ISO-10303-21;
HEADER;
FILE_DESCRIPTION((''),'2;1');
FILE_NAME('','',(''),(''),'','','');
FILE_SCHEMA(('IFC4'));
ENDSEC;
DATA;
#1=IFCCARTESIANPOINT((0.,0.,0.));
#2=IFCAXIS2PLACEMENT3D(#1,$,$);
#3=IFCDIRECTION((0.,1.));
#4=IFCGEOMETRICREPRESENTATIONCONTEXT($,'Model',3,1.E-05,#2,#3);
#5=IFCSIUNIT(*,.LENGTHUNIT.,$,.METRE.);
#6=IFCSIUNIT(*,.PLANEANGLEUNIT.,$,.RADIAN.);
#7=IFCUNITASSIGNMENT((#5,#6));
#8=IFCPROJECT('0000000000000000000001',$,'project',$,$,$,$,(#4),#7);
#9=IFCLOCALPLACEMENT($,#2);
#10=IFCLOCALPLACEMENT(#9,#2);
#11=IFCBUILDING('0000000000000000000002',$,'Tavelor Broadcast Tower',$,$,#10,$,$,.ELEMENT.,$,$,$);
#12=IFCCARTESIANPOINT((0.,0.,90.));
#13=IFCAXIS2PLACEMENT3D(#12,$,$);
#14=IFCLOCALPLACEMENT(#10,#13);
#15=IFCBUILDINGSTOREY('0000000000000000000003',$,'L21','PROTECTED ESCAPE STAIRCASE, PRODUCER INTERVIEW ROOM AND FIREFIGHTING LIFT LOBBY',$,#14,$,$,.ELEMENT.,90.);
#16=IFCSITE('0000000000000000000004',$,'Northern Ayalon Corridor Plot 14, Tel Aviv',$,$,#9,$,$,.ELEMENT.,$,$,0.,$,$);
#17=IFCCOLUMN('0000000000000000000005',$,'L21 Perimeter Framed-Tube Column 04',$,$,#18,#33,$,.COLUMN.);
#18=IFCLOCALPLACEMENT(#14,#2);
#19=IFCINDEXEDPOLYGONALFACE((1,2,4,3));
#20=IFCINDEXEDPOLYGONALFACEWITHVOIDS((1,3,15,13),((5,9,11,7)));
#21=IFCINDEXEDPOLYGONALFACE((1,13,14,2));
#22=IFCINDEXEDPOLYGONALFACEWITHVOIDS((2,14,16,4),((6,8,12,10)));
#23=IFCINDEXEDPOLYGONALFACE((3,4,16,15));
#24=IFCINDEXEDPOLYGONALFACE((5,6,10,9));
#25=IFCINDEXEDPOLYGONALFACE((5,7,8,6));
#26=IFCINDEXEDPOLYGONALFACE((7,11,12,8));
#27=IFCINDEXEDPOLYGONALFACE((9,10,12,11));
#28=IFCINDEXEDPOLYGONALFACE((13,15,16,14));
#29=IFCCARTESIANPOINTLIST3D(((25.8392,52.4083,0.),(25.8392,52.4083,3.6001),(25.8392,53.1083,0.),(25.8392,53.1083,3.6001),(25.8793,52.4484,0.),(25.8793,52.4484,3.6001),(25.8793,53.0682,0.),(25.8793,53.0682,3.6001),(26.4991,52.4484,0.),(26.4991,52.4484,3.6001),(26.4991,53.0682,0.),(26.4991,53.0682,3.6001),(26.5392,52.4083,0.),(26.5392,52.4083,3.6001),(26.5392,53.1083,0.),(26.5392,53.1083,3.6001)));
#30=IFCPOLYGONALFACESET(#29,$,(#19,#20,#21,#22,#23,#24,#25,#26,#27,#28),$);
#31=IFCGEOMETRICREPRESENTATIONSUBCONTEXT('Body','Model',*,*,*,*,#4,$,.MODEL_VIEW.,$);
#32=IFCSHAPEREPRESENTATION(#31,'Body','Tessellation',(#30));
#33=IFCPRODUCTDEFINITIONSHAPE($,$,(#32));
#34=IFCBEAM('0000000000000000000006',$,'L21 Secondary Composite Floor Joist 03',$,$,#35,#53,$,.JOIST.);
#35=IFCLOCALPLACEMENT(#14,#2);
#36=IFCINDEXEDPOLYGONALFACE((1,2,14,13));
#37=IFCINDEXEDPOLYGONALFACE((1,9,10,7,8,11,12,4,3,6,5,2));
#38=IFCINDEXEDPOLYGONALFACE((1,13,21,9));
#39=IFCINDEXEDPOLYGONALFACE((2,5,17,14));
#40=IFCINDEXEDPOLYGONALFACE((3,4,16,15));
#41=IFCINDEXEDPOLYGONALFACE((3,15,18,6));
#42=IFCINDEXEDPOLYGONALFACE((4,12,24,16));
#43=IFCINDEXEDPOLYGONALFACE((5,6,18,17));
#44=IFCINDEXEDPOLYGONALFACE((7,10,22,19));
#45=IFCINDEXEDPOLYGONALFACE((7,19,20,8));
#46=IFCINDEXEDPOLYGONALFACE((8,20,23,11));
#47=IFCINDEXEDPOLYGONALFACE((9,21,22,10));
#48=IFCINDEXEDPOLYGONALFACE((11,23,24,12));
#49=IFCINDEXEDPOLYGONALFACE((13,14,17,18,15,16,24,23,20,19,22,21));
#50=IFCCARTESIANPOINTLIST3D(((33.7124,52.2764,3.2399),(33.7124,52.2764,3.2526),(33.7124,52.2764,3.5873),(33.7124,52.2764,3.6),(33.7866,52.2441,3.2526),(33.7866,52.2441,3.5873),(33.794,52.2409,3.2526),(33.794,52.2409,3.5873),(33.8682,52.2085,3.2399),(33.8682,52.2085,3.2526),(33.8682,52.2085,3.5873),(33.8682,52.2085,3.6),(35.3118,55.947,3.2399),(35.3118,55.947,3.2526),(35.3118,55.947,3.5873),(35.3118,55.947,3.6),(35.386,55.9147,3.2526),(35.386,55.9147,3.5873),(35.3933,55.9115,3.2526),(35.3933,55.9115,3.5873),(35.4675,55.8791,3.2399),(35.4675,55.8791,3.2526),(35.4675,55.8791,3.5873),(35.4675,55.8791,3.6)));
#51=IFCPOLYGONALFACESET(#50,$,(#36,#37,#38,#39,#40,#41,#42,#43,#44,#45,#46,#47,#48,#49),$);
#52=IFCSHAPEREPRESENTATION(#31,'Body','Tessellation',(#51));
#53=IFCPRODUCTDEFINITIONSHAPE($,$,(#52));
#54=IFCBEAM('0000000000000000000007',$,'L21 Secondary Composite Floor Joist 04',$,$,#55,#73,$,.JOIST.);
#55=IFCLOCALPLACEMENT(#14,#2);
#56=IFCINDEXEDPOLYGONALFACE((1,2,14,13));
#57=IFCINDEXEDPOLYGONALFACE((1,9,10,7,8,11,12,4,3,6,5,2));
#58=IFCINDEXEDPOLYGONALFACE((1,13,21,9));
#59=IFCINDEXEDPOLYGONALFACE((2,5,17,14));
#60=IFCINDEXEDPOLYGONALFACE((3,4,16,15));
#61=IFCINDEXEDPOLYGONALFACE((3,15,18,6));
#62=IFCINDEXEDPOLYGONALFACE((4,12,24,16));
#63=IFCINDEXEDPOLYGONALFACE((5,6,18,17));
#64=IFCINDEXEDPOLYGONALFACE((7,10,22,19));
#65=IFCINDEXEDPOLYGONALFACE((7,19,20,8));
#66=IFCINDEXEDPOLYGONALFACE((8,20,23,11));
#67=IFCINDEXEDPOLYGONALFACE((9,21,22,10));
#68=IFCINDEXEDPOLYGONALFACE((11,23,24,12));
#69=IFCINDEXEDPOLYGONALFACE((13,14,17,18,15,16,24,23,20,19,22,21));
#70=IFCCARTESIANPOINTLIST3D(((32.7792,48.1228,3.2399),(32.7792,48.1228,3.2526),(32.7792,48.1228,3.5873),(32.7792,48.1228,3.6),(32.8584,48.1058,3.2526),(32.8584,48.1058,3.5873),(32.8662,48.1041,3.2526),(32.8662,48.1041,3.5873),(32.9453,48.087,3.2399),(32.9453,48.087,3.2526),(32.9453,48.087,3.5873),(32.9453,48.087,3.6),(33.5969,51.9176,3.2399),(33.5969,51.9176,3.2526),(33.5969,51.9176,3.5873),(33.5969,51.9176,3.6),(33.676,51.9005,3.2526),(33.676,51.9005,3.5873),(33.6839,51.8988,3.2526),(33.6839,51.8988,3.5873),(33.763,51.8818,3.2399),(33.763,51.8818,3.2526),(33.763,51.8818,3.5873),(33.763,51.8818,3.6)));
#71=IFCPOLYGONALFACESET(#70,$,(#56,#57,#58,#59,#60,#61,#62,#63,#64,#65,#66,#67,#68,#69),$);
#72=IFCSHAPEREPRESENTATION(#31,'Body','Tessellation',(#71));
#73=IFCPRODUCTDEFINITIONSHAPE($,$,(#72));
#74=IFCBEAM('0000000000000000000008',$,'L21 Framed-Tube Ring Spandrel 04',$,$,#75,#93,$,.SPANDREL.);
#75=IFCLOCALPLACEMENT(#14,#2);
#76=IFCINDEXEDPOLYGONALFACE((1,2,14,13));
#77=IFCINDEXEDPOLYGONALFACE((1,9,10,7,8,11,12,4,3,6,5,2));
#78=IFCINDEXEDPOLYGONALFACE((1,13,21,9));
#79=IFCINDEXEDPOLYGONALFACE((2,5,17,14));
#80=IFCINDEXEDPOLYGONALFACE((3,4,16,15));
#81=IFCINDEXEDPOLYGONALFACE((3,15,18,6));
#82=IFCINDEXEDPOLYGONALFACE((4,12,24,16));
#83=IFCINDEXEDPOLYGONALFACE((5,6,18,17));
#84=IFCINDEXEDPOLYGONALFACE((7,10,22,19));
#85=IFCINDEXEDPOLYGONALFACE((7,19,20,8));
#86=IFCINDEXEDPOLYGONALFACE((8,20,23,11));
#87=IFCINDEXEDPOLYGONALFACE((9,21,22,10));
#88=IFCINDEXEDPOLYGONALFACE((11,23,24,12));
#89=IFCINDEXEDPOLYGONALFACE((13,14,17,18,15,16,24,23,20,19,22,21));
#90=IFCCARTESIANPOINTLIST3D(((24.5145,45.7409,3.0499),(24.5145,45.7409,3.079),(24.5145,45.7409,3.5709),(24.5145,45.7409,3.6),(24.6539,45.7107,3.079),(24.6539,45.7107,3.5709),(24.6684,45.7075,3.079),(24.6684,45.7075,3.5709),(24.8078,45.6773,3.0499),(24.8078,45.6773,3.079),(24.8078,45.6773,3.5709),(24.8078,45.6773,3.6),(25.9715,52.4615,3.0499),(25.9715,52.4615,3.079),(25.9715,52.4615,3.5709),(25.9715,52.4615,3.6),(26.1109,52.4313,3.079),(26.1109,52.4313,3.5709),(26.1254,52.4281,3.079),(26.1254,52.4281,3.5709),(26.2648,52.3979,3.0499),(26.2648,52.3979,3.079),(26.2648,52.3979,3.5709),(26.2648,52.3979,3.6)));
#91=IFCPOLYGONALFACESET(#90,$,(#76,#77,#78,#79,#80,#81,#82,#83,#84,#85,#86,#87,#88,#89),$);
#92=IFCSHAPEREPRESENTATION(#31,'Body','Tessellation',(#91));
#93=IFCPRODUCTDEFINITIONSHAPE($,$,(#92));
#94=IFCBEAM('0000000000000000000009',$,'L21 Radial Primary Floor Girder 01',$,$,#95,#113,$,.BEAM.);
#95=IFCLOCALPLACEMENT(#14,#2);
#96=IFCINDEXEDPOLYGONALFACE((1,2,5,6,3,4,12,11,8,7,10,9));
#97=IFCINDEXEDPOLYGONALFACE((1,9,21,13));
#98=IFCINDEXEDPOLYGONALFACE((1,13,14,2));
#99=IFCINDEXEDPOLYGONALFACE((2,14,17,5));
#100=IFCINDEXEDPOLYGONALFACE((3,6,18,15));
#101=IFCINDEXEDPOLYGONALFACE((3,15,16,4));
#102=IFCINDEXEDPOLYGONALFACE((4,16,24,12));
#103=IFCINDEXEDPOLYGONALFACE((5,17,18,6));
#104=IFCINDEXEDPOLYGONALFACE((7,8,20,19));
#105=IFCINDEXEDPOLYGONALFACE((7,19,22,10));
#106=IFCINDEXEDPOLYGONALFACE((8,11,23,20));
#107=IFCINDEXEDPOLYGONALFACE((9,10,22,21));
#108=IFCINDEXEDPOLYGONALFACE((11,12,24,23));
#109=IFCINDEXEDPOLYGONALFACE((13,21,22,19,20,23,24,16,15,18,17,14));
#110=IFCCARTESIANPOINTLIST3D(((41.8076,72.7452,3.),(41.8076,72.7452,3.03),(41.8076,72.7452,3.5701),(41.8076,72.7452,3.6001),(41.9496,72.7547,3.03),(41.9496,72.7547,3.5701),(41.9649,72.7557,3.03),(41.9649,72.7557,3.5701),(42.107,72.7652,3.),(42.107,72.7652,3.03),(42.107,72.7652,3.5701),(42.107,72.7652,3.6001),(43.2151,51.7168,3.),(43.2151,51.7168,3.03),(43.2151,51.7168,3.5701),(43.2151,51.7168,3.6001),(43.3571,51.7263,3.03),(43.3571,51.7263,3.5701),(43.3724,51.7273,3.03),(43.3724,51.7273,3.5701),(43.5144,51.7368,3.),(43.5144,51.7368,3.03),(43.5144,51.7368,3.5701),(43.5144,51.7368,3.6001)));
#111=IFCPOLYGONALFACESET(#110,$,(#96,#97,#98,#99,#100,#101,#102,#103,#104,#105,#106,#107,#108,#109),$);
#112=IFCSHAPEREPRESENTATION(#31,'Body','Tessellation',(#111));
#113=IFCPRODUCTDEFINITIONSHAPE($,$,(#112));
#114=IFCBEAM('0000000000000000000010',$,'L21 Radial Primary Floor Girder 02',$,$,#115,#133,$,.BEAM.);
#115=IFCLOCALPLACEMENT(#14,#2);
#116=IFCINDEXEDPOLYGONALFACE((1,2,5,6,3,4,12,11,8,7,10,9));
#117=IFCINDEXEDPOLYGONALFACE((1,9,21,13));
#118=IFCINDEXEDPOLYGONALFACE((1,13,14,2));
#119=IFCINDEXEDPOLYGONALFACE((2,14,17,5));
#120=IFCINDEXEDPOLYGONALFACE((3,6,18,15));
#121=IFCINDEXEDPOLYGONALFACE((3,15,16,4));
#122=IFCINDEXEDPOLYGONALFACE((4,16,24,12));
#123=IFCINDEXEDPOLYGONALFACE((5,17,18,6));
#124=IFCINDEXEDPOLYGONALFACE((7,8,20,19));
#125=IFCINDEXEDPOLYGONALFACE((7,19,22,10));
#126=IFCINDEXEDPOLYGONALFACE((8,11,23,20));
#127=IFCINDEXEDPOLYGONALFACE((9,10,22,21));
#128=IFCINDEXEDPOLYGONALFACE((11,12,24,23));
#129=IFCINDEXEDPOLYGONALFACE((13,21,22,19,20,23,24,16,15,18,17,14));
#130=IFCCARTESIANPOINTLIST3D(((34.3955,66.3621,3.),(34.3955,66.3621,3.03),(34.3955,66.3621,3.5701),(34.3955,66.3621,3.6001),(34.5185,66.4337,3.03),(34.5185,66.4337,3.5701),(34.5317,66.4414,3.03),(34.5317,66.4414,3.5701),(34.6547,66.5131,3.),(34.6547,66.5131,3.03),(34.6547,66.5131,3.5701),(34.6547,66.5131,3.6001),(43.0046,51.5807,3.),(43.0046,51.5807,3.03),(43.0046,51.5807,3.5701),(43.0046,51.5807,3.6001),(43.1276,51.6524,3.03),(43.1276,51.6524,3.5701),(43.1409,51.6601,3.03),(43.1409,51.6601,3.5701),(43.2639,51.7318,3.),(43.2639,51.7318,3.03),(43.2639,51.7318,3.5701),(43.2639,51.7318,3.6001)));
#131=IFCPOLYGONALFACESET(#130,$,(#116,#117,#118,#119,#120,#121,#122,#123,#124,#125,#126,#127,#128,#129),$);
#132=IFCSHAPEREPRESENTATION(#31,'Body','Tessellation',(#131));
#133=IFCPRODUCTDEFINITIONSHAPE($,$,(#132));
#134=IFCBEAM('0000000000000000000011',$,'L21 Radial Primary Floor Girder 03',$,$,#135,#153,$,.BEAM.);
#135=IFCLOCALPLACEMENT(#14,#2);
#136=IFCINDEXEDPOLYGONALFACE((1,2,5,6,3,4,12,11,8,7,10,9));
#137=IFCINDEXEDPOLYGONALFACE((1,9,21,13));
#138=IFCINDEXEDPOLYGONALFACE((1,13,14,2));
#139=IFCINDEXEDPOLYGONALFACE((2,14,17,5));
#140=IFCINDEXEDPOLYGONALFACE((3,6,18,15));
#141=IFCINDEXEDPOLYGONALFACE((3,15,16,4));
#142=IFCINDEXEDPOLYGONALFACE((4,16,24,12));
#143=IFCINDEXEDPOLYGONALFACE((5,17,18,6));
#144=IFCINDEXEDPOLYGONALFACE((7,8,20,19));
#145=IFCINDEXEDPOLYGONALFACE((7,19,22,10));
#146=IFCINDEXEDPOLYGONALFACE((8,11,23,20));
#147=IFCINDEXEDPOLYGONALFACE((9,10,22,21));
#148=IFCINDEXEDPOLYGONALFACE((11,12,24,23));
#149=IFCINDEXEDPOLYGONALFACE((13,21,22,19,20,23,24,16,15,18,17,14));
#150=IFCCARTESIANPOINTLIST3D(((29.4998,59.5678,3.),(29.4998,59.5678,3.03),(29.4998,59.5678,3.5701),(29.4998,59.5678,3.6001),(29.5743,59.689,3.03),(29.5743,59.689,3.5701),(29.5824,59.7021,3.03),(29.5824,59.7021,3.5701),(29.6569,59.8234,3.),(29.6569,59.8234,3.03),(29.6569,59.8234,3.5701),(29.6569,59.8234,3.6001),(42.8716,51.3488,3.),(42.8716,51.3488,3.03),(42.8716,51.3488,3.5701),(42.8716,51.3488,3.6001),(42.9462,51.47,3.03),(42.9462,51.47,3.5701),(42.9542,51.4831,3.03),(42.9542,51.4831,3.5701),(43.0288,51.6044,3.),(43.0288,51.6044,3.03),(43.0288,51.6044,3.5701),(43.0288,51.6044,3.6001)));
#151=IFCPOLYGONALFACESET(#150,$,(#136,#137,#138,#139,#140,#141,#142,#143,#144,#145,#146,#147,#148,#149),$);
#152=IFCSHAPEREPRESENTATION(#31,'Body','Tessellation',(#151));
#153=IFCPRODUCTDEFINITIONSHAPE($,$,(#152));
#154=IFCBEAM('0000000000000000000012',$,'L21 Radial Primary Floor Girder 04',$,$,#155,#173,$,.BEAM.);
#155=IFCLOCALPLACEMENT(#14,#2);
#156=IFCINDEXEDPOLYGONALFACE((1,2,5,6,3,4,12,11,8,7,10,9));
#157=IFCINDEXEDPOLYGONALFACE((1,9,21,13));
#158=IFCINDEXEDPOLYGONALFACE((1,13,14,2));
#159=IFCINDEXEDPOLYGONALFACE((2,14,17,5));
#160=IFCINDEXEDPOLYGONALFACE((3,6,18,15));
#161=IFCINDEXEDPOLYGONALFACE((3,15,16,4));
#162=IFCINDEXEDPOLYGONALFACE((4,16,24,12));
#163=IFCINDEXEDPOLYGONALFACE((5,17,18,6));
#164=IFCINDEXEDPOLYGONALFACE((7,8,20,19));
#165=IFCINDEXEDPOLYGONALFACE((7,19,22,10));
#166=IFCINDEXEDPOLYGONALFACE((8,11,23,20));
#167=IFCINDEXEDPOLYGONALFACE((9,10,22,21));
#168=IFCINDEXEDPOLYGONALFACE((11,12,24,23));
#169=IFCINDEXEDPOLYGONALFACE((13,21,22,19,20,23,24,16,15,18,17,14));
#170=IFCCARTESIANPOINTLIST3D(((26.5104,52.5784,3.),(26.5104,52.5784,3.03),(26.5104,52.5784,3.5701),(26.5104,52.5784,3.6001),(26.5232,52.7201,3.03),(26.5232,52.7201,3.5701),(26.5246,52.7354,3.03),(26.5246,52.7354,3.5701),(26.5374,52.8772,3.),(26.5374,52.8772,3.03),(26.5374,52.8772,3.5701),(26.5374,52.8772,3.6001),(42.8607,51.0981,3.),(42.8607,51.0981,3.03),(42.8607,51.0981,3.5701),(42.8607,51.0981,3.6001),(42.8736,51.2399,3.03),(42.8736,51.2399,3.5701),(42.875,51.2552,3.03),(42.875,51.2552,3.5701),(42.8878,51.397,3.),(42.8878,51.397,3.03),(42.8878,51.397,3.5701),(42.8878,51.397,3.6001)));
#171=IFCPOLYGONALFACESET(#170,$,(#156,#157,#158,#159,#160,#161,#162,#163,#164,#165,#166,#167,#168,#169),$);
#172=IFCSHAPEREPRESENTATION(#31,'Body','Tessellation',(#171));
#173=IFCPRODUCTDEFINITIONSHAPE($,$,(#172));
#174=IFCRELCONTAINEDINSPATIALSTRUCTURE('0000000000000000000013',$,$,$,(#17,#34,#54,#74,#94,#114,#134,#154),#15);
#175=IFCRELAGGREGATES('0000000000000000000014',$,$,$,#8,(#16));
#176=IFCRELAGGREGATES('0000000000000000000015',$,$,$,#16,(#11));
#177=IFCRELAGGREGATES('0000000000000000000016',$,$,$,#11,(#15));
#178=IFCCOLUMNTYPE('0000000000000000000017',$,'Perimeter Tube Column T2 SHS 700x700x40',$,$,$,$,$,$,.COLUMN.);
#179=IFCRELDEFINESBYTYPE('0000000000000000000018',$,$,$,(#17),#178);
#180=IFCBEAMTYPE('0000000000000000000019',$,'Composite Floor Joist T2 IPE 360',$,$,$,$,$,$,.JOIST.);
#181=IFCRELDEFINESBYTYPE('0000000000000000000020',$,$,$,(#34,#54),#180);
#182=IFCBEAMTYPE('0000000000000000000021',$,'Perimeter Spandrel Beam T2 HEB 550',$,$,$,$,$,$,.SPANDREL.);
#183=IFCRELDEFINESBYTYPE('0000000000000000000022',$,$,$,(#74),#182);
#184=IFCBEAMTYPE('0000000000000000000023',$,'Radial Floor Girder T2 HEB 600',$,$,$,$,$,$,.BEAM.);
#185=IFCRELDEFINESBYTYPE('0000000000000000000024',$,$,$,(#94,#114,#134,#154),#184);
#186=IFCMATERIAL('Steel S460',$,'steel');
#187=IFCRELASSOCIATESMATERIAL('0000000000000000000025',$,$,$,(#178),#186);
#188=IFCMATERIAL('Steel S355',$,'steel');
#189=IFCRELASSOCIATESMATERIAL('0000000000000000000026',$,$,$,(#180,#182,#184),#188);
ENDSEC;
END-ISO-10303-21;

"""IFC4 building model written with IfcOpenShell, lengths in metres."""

from ifc_helpers import new_model, si_unit, direction, frame, origin, origin_2d, place, context, subcontext, project, spatial, hollow_rectangle, i_section, extrude, material, material_profile, profile_set, type_object, element, save


model = new_model("IFC4")

# Units and contexts
model_context = context("Model", 3, precision=1e-05, world=origin(), true_north=direction((0.0, 1.0)))
body_context = subcontext(model_context, "Body", "Model", "MODEL_VIEW")
ifc_project = project(units=[si_unit("LENGTHUNIT", "METRE"), si_unit("PLANEANGLEUNIT", "RADIAN")], contexts=[model_context])

# Site, building, storey
site_placement = place(None, origin())
site = spatial("IfcSite", under=ifc_project, at=site_placement, Name="Northern Ayalon Corridor Plot 14, Tel Aviv", CompositionType="ELEMENT", RefElevation=0.0)
building_placement = place(site_placement, origin())
building = spatial("IfcBuilding", under=site, at=building_placement, Name="Tavelor Broadcast Tower", CompositionType="ELEMENT")
storey_placement = place(building_placement, frame((0.0, 0.0, 90.0)))
storey = spatial("IfcBuildingStorey", under=building, at=storey_placement, Name="L21", Description="PROTECTED ESCAPE STAIRCASE, PRODUCER INTERVIEW ROOM AND FIREFIGHTING LIFT LOBBY", CompositionType="ELEMENT", Elevation=90.0)

# Column
ifc_material_1 = material(Name="Steel S460", Category="steel")
ifc_material_profile_1 = material_profile(ifc_material_1, hollow_rectangle(XDim=0.7, YDim=0.7, WallThickness=0.04, at=origin_2d()), Name="SHS 700x700x40")
ifc_profile_set_1 = profile_set([ifc_material_profile_1], Name="Steel S460")
column_type = type_object("IfcColumnType", Name="Perimeter Tube Column T2 SHS 700x700x40", PredefinedType="COLUMN", material=ifc_profile_set_1)
column_placement = place(storey_placement, frame((26.1892, 52.7583, 0.0), z_axis=(0.0, 0.0, 1.0), x_axis=(1.0, 0.0, 0.0)))
element("IfcColumn", 1, at=column_placement, inside=storey, type_object=column_type, Name="L21 Perimeter Framed-Tube Column 04", PredefinedType="COLUMN", context=body_context, shape_type="SweptSolid", body=[
    extrude(hollow_rectangle(XDim=0.7, YDim=0.7, WallThickness=0.04, at=origin_2d()), origin(), (0.0, 0.0, 1.0), 3.6001),
])

# Beams
ifc_material_2 = material(Name="Steel S355", Category="steel")
ifc_material_profile_2 = material_profile(ifc_material_2, i_section(OverallWidth=0.1699, OverallDepth=0.3601, WebThickness=0.0081, FlangeThickness=0.0127, at=origin_2d()), Name="IPE 360")
ifc_profile_set_2 = profile_set([ifc_material_profile_2], Name="Steel S355")
beam_type_1 = type_object("IfcBeamType", Name="Composite Floor Joist T2 IPE 360", PredefinedType="JOIST", material=ifc_profile_set_2)
beam_1_placement = place(storey_placement, frame((35.3896, 55.9131, 3.4199), z_axis=(-0.399446, -0.916757, 0.0), x_axis=(0.916757, -0.399446, 0.0)))
element("IfcBeam", 2, at=beam_1_placement, inside=storey, type_object=beam_type_1, Name="L21 Secondary Composite Floor Joist 03", PredefinedType="JOIST", context=body_context, shape_type="SweptSolid", body=[
    extrude(i_section(OverallWidth=0.1699, OverallDepth=0.3601, WebThickness=0.0081, FlangeThickness=0.0127, at=origin_2d()), origin(), (0.0, 0.0, 1.0), 4.0039),
])
beam_2_placement = place(storey_placement, frame((33.6799, 51.8997, 3.4199), z_axis=(-0.210633, -0.977565, 0.0), x_axis=(0.977565, -0.210633, 0.0)))
element("IfcBeam", 3, at=beam_2_placement, inside=storey, type_object=beam_type_1, Name="L21 Secondary Composite Floor Joist 04", PredefinedType="JOIST", context=body_context, shape_type="SweptSolid", body=[
    extrude(i_section(OverallWidth=0.1699, OverallDepth=0.3601, WebThickness=0.0081, FlangeThickness=0.0127, at=origin_2d()), origin(), (0.0, 0.0, 1.0), 3.8818),
])
ifc_material_profile_3 = material_profile(ifc_material_2, i_section(OverallWidth=0.3, OverallDepth=0.55, WebThickness=0.0149, FlangeThickness=0.0291, at=origin_2d()), Name="HEB 550")
ifc_profile_set_3 = profile_set([ifc_material_profile_3], Name="Steel S355")
beam_type_2 = type_object("IfcBeamType", Name="Perimeter Spandrel Beam T2 HEB 550", PredefinedType="SPANDREL", material=ifc_profile_set_3)
beam_3_placement = place(storey_placement, frame((26.1182, 52.4297, 3.325), z_axis=(-0.211875, -0.977297, 0.0), x_axis=(0.977297, -0.211875, 0.0)))
element("IfcBeam", 4, at=beam_3_placement, inside=storey, type_object=beam_type_2, Name="L21 Framed-Tube Ring Spandrel 04", PredefinedType="SPANDREL", context=body_context, shape_type="SweptSolid", body=[
    extrude(i_section(OverallWidth=0.3, OverallDepth=0.55, WebThickness=0.0149, FlangeThickness=0.0291, at=origin_2d()), origin(), (0.0, 0.0, 1.0), 6.8767),
])
ifc_material_profile_4 = material_profile(ifc_material_2, i_section(OverallWidth=0.3, OverallDepth=0.6001, WebThickness=0.0154, FlangeThickness=0.03, at=origin_2d()), Name="HEB 600")
ifc_profile_set_4 = profile_set([ifc_material_profile_4], Name="Steel S355")
beam_type_3 = type_object("IfcBeamType", Name="Radial Floor Girder T2 HEB 600", PredefinedType="BEAM", material=ifc_profile_set_4)
beam_4_placement = place(storey_placement, frame((43.3647, 51.7268, 3.3), z_axis=(-0.066783, 0.997768, 0.0), x_axis=(-0.997768, -0.066783, 0.0)))
element("IfcBeam", 5, at=beam_4_placement, inside=storey, type_object=beam_type_3, Name="L21 Radial Primary Floor Girder 01", PredefinedType="BEAM", context=body_context, shape_type="SweptSolid", body=[
    extrude(i_section(OverallWidth=0.3, OverallDepth=0.6001, WebThickness=0.0154, FlangeThickness=0.03, at=origin_2d()), origin(), (0.0, 0.0, 1.0), 21.0754),
])
beam_5_placement = place(storey_placement, frame((43.1343, 51.6562, 3.3), z_axis=(-0.503292, 0.864116, 0.0), x_axis=(-0.864116, -0.503292, 0.0)))
element("IfcBeam", 6, at=beam_5_placement, inside=storey, type_object=beam_type_3, Name="L21 Radial Primary Floor Girder 02", PredefinedType="BEAM", context=body_context, shape_type="SweptSolid", body=[
    extrude(i_section(OverallWidth=0.3, OverallDepth=0.6001, WebThickness=0.0154, FlangeThickness=0.03, at=origin_2d()), origin(), (0.0, 0.0, 1.0), 17.1057),
])
beam_6_placement = place(storey_placement, frame((42.9502, 51.4766, 3.3), z_axis=(-0.851938, 0.523643, 0.0), x_axis=(-0.523643, -0.851938, 0.0)))
element("IfcBeam", 7, at=beam_6_placement, inside=storey, type_object=beam_type_3, Name="L21 Radial Primary Floor Girder 03", PredefinedType="BEAM", context=body_context, shape_type="SweptSolid", body=[
    extrude(i_section(OverallWidth=0.3, OverallDepth=0.6001, WebThickness=0.0154, FlangeThickness=0.03, at=origin_2d()), origin(), (0.0, 0.0, 1.0), 15.6958),
])
beam_7_placement = place(storey_placement, frame((42.8743, 51.2476, 3.3), z_axis=(-0.995927, 0.090163, 0.0), x_axis=(-0.090163, -0.995927, 0.0)))
element("IfcBeam", 8, at=beam_7_placement, inside=storey, type_object=beam_type_3, Name="L21 Radial Primary Floor Girder 04", PredefinedType="BEAM", context=body_context, shape_type="SweptSolid", body=[
    extrude(i_section(OverallWidth=0.3, OverallDepth=0.6001, WebThickness=0.0154, FlangeThickness=0.03, at=origin_2d()), origin(), (0.0, 0.0, 1.0), 16.4172),
])

save(model, "model.ifc")
